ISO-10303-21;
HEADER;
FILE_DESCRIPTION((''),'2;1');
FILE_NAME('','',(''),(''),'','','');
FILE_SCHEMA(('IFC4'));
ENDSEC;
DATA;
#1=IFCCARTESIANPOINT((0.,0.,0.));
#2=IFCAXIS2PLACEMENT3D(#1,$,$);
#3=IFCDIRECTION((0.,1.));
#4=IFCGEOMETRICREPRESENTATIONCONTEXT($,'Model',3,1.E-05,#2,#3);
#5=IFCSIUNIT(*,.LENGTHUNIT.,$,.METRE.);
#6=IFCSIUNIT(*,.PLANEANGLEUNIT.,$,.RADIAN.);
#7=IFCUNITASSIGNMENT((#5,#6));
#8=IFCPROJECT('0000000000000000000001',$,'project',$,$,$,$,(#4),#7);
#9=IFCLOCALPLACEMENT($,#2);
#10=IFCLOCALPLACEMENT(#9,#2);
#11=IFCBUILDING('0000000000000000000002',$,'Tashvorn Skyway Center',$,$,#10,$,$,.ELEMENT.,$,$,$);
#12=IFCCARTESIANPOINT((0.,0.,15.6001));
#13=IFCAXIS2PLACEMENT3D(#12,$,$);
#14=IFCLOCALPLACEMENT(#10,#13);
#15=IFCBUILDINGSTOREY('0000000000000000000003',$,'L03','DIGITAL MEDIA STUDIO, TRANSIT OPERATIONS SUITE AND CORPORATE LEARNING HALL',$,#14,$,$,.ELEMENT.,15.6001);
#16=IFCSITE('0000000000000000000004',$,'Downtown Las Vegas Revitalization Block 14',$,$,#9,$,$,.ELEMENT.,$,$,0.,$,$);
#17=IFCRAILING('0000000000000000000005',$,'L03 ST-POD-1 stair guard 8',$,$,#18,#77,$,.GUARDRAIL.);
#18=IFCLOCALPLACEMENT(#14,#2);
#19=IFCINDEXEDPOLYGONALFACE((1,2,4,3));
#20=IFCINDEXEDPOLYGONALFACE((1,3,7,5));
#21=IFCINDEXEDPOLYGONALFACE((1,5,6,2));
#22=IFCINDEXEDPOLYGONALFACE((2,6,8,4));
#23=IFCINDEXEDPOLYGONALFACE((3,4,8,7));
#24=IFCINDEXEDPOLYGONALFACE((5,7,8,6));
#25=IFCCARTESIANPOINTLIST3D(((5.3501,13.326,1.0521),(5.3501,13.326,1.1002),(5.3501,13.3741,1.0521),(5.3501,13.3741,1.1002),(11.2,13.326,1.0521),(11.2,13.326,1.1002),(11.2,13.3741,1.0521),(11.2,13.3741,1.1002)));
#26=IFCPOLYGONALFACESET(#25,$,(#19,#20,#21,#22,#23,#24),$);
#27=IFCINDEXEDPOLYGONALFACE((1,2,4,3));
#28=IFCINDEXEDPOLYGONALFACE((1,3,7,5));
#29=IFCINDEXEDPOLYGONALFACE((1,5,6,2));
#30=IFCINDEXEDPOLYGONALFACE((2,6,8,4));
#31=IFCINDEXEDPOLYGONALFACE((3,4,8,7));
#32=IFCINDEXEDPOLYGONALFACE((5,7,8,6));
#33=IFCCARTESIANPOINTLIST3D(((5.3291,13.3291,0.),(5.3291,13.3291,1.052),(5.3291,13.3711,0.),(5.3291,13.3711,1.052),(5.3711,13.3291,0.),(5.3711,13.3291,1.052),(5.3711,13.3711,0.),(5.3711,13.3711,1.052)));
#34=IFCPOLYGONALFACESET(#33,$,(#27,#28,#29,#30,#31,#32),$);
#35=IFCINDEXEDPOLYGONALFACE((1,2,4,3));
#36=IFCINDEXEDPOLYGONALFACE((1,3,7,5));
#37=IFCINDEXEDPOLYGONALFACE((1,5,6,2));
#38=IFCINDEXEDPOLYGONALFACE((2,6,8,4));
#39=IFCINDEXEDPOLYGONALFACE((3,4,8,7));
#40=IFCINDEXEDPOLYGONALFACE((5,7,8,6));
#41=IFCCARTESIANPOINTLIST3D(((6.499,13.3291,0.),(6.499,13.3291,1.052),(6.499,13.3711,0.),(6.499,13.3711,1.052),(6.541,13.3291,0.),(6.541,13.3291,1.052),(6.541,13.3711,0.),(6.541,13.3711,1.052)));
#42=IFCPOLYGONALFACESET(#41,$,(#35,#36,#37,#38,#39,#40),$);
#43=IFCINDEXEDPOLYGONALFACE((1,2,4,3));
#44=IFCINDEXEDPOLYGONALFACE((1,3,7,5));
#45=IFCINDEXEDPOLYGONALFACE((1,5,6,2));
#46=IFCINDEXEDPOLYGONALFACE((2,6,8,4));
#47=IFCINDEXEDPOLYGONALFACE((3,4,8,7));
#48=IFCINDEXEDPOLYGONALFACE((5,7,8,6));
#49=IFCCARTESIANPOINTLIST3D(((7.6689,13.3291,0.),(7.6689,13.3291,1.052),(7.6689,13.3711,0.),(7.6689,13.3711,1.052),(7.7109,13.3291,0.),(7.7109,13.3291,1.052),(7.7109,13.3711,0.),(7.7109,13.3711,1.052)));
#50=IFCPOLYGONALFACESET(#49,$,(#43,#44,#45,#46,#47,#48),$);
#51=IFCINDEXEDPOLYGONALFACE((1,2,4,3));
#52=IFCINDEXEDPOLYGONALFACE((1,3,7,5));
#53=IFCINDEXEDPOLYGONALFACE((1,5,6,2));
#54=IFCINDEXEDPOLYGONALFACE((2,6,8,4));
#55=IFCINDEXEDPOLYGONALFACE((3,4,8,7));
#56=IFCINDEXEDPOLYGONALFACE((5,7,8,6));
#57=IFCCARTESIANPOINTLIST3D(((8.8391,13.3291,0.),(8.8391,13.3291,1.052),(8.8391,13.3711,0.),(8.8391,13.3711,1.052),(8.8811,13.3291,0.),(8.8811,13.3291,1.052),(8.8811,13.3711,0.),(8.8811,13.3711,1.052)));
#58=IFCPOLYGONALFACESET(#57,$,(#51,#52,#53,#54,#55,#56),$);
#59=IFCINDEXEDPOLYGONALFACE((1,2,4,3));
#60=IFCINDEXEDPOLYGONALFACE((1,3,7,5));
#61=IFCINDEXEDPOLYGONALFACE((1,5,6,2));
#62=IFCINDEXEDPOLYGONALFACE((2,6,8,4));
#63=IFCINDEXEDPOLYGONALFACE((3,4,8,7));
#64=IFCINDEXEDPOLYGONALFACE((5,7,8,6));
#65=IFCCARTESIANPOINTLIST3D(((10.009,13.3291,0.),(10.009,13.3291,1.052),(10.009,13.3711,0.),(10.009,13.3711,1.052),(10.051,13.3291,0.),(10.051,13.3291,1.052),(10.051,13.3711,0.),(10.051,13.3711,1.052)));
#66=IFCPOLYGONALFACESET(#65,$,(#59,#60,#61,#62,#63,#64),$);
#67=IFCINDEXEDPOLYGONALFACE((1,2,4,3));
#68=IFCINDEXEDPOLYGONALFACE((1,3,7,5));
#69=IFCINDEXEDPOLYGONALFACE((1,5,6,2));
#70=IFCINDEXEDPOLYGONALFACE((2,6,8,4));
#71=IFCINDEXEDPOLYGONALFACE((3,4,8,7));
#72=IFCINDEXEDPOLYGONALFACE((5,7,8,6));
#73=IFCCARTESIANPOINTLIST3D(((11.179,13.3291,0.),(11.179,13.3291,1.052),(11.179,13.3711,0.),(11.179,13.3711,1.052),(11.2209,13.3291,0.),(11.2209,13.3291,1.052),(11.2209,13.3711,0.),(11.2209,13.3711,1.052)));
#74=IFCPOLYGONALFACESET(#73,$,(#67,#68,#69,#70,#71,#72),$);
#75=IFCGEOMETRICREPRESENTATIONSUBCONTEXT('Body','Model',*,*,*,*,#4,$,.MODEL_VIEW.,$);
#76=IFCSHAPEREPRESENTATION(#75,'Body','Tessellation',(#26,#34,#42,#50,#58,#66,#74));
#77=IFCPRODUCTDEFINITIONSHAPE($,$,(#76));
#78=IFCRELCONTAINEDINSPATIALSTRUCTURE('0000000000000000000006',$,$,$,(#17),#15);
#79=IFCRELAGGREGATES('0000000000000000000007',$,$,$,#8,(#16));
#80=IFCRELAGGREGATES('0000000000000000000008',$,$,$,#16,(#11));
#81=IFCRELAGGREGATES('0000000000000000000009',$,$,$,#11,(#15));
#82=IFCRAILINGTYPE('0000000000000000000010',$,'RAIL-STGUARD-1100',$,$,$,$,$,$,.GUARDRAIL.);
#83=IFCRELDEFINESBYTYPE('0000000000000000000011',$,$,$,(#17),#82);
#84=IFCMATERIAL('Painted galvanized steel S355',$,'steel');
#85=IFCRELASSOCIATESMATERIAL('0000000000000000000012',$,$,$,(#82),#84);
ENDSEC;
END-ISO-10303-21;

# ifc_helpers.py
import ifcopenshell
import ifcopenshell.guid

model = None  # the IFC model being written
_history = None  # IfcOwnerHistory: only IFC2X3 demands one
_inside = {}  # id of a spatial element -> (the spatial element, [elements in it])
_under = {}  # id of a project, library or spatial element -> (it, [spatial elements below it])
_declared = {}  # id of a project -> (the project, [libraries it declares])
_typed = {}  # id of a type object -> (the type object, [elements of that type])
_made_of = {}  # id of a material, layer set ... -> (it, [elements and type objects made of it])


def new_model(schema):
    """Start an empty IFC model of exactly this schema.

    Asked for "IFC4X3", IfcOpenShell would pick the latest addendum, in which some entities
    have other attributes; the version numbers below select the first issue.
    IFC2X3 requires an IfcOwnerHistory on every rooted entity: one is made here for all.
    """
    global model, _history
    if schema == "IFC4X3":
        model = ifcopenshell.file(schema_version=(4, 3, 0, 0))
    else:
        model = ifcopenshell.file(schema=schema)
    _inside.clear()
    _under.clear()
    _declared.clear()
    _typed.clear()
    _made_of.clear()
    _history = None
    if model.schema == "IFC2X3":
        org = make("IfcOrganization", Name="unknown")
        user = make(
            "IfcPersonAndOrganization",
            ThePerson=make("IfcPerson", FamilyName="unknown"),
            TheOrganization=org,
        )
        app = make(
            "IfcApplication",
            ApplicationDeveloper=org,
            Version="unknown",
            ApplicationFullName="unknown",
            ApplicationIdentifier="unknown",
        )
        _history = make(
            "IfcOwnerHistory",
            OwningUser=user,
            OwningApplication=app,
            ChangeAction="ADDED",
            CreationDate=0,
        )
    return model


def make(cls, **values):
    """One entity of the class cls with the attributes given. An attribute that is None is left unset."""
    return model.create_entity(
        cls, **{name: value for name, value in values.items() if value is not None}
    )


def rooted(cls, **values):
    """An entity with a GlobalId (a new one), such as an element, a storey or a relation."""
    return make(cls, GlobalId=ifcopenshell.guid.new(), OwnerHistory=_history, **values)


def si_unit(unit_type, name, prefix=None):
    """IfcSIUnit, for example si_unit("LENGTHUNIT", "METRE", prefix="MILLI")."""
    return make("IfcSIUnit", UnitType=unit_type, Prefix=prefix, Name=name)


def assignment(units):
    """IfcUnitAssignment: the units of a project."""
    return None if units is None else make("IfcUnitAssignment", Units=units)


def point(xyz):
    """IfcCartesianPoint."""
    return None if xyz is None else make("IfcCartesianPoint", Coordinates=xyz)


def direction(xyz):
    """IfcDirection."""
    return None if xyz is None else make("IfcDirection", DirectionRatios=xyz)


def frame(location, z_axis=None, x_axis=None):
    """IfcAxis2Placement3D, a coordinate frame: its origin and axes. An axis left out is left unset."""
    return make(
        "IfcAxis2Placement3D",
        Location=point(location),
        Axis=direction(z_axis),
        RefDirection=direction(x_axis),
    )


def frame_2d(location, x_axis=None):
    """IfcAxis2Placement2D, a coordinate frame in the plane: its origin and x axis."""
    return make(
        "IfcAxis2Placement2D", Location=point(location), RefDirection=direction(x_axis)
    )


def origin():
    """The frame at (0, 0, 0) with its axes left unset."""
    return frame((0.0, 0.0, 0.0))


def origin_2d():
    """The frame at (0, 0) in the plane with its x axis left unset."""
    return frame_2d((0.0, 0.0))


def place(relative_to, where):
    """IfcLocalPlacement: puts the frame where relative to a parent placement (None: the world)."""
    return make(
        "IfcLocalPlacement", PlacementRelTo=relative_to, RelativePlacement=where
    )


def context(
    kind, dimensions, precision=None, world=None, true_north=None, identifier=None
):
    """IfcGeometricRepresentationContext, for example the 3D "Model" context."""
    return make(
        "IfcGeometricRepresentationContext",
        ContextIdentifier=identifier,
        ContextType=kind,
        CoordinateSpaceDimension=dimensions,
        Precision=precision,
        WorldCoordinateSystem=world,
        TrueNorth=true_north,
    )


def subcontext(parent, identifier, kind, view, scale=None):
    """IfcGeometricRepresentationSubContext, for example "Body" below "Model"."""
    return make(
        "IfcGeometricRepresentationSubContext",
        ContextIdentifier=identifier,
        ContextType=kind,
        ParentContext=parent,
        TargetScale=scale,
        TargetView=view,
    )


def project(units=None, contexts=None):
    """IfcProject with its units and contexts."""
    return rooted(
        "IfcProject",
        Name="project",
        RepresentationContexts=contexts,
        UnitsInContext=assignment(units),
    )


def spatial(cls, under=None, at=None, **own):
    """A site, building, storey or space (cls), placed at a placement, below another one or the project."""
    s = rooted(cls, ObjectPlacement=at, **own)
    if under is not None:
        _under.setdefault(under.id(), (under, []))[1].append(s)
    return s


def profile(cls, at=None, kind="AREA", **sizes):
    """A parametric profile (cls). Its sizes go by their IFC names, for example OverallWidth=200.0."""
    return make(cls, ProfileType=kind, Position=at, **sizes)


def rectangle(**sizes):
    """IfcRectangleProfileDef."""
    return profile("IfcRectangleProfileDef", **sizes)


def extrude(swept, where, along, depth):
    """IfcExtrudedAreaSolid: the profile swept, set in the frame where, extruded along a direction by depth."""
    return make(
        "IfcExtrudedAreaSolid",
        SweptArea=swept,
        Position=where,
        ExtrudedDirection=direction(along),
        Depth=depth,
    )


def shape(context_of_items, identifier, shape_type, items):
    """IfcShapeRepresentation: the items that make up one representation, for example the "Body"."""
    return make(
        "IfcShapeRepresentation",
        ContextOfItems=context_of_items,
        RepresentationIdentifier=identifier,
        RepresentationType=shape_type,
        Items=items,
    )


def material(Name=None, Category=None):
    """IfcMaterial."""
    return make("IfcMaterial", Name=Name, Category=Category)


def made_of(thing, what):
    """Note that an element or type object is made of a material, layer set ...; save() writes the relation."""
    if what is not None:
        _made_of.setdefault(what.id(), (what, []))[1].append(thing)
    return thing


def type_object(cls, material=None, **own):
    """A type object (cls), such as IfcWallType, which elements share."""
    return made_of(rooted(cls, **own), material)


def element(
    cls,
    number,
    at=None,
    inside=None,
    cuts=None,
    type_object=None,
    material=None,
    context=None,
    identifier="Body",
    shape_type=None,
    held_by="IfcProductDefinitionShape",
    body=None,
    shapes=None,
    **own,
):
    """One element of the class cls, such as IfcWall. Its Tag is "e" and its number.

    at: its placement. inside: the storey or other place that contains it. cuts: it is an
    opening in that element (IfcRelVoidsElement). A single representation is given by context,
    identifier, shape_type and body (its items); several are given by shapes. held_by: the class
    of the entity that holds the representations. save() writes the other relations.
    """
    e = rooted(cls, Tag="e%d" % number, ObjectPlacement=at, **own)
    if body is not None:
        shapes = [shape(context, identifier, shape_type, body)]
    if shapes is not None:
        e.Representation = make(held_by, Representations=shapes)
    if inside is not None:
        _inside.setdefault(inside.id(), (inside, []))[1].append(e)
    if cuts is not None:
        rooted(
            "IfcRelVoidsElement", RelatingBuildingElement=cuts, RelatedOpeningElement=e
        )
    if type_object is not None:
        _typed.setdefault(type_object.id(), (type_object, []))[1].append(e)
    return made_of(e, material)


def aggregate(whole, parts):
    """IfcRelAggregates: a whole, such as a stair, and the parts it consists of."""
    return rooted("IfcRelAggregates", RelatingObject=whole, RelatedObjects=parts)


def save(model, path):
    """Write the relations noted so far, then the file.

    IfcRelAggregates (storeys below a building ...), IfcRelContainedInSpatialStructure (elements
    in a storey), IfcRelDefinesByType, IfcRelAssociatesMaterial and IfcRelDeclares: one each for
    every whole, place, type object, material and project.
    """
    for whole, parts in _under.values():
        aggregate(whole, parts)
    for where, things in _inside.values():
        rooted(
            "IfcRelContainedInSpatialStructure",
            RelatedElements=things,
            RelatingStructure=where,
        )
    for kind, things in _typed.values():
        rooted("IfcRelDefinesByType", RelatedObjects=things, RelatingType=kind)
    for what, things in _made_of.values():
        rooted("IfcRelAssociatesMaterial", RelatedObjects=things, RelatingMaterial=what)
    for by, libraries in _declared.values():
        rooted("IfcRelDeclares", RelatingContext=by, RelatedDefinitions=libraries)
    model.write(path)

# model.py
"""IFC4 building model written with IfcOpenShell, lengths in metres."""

from ifc_helpers import new_model, si_unit, direction, frame, origin, origin_2d, place, context, subcontext, project, spatial, rectangle, extrude, material, type_object, element, save


model = new_model("IFC4")

# Units and contexts
model_context = context("Model", 3, precision=1e-05, world=origin(), true_north=direction((0.0, 1.0)))
body_context = subcontext(model_context, "Body", "Model", "MODEL_VIEW")
ifc_project = project(units=[si_unit("LENGTHUNIT", "METRE"), si_unit("PLANEANGLEUNIT", "RADIAN")], contexts=[model_context])

# Site, building, storey
site_placement = place(None, origin())
site = spatial("IfcSite", under=ifc_project, at=site_placement, Name="Downtown Las Vegas Revitalization Block 14", CompositionType="ELEMENT", RefElevation=0.0)
building_placement = place(site_placement, origin())
building = spatial("IfcBuilding", under=site, at=building_placement, Name="Tashvorn Skyway Center", CompositionType="ELEMENT")
storey_placement = place(building_placement, frame((0.0, 0.0, 15.6001)))
storey = spatial("IfcBuildingStorey", under=building, at=storey_placement, Name="L03", Description="DIGITAL MEDIA STUDIO, TRANSIT OPERATIONS SUITE AND CORPORATE LEARNING HALL", CompositionType="ELEMENT", Elevation=15.6001)

# Railing
ifc_material_1 = material(Name="Painted galvanized steel S355", Category="steel")
railing_type_1 = type_object("IfcRailingType", Name="RAIL-STGUARD-1100", PredefinedType="GUARDRAIL", material=ifc_material_1)
railing_1_placement = place(storey_placement, frame((5.3501, 13.3501, 0.0)))
element("IfcRailing", 1, at=railing_1_placement, inside=storey, type_object=railing_type_1, Name="L03 ST-POD-1 stair guard 8", PredefinedType="GUARDRAIL", context=body_context, shape_type="SweptSolid", body=[
    extrude(rectangle(XDim=0.0481, YDim=0.0481, at=origin_2d()), frame((0.0, 0.0, 1.0762), z_axis=(1.0, 0.0, 0.0), x_axis=(0.0, 1.0, 0.0)), (0.0, 0.0, 1.0), 5.8499),
    extrude(rectangle(XDim=0.042, YDim=0.042, at=origin_2d()), origin(), (0.0, 0.0, 1.0), 1.052),
    extrude(rectangle(XDim=0.042, YDim=0.042, at=origin_2d()), frame((1.1699, 0.0, 0.0)), (0.0, 0.0, 1.0), 1.052),
    extrude(rectangle(XDim=0.042, YDim=0.042, at=origin_2d()), frame((2.3398, 0.0, 0.0)), (0.0, 0.0, 1.0), 1.052),
    extrude(rectangle(XDim=0.042, YDim=0.042, at=origin_2d()), frame((3.51, 0.0, 0.0)), (0.0, 0.0, 1.0), 1.052),
    extrude(rectangle(XDim=0.042, YDim=0.042, at=origin_2d()), frame((4.6799, 0.0, 0.0)), (0.0, 0.0, 1.0), 1.052),
    extrude(rectangle(XDim=0.042, YDim=0.042, at=origin_2d()), frame((5.8499, 0.0, 0.0)), (0.0, 0.0, 1.0), 1.052),
])

save(model, "model.ifc")
